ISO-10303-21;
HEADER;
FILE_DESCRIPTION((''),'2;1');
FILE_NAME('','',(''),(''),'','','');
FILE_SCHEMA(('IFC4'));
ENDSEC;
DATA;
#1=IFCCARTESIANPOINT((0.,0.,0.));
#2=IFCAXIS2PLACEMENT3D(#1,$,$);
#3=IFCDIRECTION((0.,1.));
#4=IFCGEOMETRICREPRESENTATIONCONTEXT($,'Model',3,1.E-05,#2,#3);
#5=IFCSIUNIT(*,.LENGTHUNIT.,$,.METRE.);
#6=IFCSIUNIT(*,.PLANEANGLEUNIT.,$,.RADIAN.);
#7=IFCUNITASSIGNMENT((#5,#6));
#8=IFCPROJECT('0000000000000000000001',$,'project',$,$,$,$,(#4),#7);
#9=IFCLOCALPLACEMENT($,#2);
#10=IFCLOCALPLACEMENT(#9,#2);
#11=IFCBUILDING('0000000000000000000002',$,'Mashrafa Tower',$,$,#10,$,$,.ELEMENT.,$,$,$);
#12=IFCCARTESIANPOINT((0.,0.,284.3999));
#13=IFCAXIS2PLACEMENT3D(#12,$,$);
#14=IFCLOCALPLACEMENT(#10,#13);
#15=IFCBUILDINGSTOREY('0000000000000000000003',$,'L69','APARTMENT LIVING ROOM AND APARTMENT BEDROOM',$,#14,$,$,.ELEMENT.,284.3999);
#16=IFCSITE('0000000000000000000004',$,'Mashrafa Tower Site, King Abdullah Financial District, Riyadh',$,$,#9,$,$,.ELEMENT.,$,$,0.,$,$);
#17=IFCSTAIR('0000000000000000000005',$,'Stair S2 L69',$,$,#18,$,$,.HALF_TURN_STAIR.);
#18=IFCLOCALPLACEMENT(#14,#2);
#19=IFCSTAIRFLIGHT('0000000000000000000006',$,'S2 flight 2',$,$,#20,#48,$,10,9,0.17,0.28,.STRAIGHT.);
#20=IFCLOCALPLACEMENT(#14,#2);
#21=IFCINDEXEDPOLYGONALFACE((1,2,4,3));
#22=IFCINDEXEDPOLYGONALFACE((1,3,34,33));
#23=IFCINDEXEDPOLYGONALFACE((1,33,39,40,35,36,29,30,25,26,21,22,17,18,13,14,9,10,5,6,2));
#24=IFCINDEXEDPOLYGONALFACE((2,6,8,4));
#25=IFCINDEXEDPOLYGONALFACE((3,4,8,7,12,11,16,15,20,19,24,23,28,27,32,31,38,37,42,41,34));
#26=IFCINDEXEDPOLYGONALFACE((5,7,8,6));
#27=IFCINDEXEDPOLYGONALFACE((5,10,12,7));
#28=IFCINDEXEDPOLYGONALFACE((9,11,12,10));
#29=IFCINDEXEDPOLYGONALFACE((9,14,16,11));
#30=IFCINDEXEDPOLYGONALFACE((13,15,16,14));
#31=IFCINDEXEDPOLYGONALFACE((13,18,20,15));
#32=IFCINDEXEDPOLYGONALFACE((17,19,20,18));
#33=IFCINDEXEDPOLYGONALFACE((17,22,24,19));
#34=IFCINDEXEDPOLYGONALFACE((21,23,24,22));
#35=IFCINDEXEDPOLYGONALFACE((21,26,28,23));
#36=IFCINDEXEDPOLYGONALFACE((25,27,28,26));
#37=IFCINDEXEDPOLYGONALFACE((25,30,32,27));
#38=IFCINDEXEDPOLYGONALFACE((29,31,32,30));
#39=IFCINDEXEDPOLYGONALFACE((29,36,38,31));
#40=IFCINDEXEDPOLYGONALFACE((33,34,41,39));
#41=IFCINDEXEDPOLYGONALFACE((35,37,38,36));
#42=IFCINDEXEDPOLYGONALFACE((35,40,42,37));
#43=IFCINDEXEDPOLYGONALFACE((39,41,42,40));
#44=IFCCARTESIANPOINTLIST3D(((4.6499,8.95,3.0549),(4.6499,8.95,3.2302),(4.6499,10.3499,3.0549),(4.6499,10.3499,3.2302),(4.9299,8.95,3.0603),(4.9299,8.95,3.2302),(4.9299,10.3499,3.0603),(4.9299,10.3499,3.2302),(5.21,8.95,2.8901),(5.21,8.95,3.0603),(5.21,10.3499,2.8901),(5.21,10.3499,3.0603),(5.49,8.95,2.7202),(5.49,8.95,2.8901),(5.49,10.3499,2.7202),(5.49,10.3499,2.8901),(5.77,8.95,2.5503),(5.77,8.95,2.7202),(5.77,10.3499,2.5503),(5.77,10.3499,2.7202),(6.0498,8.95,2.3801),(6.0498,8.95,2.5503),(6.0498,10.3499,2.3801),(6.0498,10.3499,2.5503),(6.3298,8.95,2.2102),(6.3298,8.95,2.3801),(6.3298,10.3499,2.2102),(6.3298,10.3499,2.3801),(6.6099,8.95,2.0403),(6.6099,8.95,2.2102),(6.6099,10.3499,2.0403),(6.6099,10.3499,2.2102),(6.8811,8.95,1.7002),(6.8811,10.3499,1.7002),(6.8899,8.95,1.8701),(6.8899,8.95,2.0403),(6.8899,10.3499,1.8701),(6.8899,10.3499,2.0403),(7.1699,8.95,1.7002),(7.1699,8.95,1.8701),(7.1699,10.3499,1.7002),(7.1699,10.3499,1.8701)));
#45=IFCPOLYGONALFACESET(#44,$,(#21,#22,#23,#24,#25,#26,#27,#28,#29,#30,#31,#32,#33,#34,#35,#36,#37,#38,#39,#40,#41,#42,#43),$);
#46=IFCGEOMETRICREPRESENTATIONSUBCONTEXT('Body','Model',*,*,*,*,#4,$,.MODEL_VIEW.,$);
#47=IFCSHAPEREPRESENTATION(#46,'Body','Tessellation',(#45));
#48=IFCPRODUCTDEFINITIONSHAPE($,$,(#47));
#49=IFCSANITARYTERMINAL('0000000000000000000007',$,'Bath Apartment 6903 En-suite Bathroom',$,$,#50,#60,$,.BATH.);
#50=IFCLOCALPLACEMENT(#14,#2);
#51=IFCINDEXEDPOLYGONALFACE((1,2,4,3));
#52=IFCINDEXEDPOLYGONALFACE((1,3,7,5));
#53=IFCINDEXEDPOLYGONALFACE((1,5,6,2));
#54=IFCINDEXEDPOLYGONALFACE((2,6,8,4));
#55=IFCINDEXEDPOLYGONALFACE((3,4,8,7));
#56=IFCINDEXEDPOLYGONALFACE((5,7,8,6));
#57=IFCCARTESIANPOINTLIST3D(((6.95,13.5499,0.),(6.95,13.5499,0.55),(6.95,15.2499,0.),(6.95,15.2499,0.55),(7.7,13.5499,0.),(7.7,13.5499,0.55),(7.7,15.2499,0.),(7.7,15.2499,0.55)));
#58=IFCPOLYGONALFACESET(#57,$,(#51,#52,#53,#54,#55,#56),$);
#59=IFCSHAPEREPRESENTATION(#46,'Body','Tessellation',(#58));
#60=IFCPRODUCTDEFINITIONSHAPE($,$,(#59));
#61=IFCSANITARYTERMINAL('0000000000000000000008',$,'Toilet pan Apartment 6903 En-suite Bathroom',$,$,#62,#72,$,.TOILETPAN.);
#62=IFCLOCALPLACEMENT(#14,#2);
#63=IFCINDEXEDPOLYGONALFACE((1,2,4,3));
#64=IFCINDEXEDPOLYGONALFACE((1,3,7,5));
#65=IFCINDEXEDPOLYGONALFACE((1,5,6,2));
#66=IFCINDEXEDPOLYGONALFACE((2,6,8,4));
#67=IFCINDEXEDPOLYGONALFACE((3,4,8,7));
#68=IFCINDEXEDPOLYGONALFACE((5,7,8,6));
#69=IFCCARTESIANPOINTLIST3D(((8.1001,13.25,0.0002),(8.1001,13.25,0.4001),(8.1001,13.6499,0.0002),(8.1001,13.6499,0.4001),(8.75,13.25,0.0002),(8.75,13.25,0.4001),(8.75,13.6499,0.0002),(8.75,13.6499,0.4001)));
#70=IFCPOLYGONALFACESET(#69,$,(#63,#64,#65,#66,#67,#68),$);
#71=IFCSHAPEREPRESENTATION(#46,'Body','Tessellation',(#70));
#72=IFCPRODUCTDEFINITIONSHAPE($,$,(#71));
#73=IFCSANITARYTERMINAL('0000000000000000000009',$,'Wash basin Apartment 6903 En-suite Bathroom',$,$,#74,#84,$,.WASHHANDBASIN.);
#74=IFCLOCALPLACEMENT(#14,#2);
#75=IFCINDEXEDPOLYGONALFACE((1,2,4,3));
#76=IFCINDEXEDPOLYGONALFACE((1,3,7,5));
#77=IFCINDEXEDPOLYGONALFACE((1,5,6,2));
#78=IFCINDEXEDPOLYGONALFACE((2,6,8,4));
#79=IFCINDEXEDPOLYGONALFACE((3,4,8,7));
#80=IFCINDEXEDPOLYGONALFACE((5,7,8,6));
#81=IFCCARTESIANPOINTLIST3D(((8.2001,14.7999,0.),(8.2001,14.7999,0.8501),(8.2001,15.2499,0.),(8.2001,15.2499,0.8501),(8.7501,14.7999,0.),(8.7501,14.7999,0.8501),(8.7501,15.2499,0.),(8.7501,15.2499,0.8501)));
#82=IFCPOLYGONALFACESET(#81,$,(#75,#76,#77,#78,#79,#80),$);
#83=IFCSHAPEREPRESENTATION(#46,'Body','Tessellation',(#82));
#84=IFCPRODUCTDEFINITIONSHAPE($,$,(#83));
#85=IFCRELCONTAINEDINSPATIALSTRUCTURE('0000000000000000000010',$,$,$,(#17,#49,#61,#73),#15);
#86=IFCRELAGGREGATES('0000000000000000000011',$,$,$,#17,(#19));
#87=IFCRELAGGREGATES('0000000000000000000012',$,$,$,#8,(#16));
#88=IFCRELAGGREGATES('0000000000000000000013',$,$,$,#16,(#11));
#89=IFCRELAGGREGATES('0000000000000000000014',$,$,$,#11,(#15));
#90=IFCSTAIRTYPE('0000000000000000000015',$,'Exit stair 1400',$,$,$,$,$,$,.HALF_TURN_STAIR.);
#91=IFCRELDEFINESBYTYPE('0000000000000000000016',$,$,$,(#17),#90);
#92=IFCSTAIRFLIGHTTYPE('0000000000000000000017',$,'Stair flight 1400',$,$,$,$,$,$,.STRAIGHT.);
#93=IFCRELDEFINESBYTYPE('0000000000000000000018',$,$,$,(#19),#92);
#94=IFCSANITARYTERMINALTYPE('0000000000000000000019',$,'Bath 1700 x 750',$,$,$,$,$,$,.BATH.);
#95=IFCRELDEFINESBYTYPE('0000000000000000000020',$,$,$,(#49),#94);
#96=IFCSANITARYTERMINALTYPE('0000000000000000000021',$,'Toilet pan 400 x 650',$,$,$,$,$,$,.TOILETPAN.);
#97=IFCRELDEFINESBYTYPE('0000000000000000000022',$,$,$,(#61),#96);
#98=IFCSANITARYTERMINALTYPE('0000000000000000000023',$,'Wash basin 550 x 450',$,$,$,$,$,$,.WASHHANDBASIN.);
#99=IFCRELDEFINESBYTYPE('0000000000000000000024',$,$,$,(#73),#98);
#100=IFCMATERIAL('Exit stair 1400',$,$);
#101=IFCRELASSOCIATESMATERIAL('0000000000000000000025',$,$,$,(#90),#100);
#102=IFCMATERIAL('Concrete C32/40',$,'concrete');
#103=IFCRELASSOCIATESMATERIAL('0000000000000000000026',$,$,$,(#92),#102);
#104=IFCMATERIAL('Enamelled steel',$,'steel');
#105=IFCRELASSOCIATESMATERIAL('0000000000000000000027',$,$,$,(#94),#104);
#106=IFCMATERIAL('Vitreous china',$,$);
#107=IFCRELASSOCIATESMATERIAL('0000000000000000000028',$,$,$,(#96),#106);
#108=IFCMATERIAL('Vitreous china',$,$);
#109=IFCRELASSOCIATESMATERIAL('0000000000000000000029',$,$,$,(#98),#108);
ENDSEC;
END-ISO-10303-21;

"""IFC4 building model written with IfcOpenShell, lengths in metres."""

from ifc_helpers import new_model, si_unit, direction, frame, origin, origin_2d, place, context, subcontext, project, spatial, polyline, rectangle, outline, extrude, material, type_object, element, aggregate, save


model = new_model("IFC4")

# Units and contexts
model_context = context("Model", 3, precision=1e-05, world=origin(), true_north=direction((0.0, 1.0)))
body_context = subcontext(model_context, "Body", "Model", "MODEL_VIEW")
ifc_project = project(units=[si_unit("LENGTHUNIT", "METRE"), si_unit("PLANEANGLEUNIT", "RADIAN")], contexts=[model_context])

# Site, building, storey
site_placement = place(None, origin())
site = spatial("IfcSite", under=ifc_project, at=site_placement, Name="Mashrafa Tower Site, King Abdullah Financial District, Riyadh", CompositionType="ELEMENT", RefElevation=0.0)
building_placement = place(site_placement, origin())
building = spatial("IfcBuilding", under=site, at=building_placement, Name="Mashrafa Tower", CompositionType="ELEMENT")
storey_placement = place(building_placement, frame((0.0, 0.0, 284.3999)))
storey = spatial("IfcBuildingStorey", under=building, at=storey_placement, Name="L69", Description="APARTMENT LIVING ROOM AND APARTMENT BEDROOM", CompositionType="ELEMENT", Elevation=284.3999)

# Stair, stair flight
ifc_material_1 = material(Name="Exit stair 1400")
stair_type = type_object("IfcStairType", Name="Exit stair 1400", PredefinedType="HALF_TURN_STAIR", material=ifc_material_1)
stair_placement = place(storey_placement, origin())
stair = element("IfcStair", 1, at=stair_placement, inside=storey, type_object=stair_type, Name="Stair S2 L69", PredefinedType="HALF_TURN_STAIR")
ifc_material_2 = material(Name="Concrete C32/40", Category="concrete")
stair_flight_type = type_object("IfcStairFlightType", Name="Stair flight 1400", PredefinedType="STRAIGHT", material=ifc_material_2)
stair_flight_1_placement = place(storey_placement, frame((7.1699, 9.6499, 1.7002), z_axis=(0.0, 0.0, 1.0), x_axis=(-1.0, 0.0, 0.0)))
stair_flight_1 = element("IfcStairFlight", 2, at=stair_flight_1_placement, type_object=stair_flight_type, Name="S2 flight 2", NumberOfRisers=10, NumberOfTreads=9, PredefinedType="STRAIGHT", RiserHeight=0.17, TreadLength=0.28, context=body_context, shape_type="SweptSolid", body=[
    extrude(outline(polyline([(0.0, 0.0), (0.0, 0.1699), (0.28, 0.1699), (0.28, 0.3401), (0.5601, 0.3401), (0.5601, 0.51), (0.8401, 0.51), (0.8401, 0.6799), (1.1201, 0.6799), (1.1201, 0.8501), (1.3999, 0.8501), (1.3999, 1.02), (1.6799, 1.02), (1.6799, 1.1899), (1.96, 1.1899), (1.96, 1.3601), (2.24, 1.3601), (2.24, 1.53), (2.52, 1.53), (2.52, 1.7), (2.52, 1.3547), (0.2888, 0.0), (0.0, 0.0)])), frame((0.0, 0.7, 0.0), z_axis=(0.0, -1.0, 0.0), x_axis=(1.0, 0.0, 0.0)), (0.0, 0.0, 1.0), 1.3999),
])
aggregate(stair, [stair_flight_1])

# Sanitary terminals
ifc_material_3 = material(Name="Enamelled steel", Category="steel")
sanitary_terminal_type_1 = type_object("IfcSanitaryTerminalType", Name="Bath 1700 x 750", PredefinedType="BATH", material=ifc_material_3)
sanitary_terminal_1_placement = place(storey_placement, frame((7.325, 14.3999, 0.0), z_axis=(0.0, 0.0, 1.0), x_axis=(0.0, -1.0, 0.0)))
element("IfcSanitaryTerminal", 3, at=sanitary_terminal_1_placement, inside=storey, type_object=sanitary_terminal_type_1, Name="Bath Apartment 6903 En-suite Bathroom", PredefinedType="BATH", context=body_context, shape_type="SweptSolid", body=[
    extrude(rectangle(XDim=1.7, YDim=0.75, at=origin_2d()), origin(), (0.0, 0.0, 1.0), 0.55),
])
ifc_material_4 = material(Name="Vitreous china")
sanitary_terminal_type_2 = type_object("IfcSanitaryTerminalType", Name="Toilet pan 400 x 650", PredefinedType="TOILETPAN", material=ifc_material_4)
sanitary_terminal_2_placement = place(storey_placement, frame((8.425, 13.45, 0.0002), z_axis=(0.0, 0.0, 1.0), x_axis=(0.0, 1.0, 0.0)))
element("IfcSanitaryTerminal", 4, at=sanitary_terminal_2_placement, inside=storey, type_object=sanitary_terminal_type_2, Name="Toilet pan Apartment 6903 En-suite Bathroom", PredefinedType="TOILETPAN", context=body_context, shape_type="SweptSolid", body=[
    extrude(rectangle(XDim=0.3999, YDim=0.6499, at=origin_2d()), origin(), (0.0, 0.0, 1.0), 0.3999),
])
ifc_material_5 = material(Name="Vitreous china")
sanitary_terminal_type_3 = type_object("IfcSanitaryTerminalType", Name="Wash basin 550 x 450", PredefinedType="WASHHANDBASIN", material=ifc_material_5)
sanitary_terminal_3_placement = place(storey_placement, frame((8.4751, 15.0249, 0.0), z_axis=(0.0, 0.0, 1.0), x_axis=(-1.0, 0.0, 0.0)))
element("IfcSanitaryTerminal", 5, at=sanitary_terminal_3_placement, inside=storey, type_object=sanitary_terminal_type_3, Name="Wash basin Apartment 6903 En-suite Bathroom", PredefinedType="WASHHANDBASIN", context=body_context, shape_type="SweptSolid", body=[
    extrude(rectangle(XDim=0.55, YDim=0.45, at=origin_2d()), origin(), (0.0, 0.0, 1.0), 0.8501),
])

save(model, "model.ifc")
